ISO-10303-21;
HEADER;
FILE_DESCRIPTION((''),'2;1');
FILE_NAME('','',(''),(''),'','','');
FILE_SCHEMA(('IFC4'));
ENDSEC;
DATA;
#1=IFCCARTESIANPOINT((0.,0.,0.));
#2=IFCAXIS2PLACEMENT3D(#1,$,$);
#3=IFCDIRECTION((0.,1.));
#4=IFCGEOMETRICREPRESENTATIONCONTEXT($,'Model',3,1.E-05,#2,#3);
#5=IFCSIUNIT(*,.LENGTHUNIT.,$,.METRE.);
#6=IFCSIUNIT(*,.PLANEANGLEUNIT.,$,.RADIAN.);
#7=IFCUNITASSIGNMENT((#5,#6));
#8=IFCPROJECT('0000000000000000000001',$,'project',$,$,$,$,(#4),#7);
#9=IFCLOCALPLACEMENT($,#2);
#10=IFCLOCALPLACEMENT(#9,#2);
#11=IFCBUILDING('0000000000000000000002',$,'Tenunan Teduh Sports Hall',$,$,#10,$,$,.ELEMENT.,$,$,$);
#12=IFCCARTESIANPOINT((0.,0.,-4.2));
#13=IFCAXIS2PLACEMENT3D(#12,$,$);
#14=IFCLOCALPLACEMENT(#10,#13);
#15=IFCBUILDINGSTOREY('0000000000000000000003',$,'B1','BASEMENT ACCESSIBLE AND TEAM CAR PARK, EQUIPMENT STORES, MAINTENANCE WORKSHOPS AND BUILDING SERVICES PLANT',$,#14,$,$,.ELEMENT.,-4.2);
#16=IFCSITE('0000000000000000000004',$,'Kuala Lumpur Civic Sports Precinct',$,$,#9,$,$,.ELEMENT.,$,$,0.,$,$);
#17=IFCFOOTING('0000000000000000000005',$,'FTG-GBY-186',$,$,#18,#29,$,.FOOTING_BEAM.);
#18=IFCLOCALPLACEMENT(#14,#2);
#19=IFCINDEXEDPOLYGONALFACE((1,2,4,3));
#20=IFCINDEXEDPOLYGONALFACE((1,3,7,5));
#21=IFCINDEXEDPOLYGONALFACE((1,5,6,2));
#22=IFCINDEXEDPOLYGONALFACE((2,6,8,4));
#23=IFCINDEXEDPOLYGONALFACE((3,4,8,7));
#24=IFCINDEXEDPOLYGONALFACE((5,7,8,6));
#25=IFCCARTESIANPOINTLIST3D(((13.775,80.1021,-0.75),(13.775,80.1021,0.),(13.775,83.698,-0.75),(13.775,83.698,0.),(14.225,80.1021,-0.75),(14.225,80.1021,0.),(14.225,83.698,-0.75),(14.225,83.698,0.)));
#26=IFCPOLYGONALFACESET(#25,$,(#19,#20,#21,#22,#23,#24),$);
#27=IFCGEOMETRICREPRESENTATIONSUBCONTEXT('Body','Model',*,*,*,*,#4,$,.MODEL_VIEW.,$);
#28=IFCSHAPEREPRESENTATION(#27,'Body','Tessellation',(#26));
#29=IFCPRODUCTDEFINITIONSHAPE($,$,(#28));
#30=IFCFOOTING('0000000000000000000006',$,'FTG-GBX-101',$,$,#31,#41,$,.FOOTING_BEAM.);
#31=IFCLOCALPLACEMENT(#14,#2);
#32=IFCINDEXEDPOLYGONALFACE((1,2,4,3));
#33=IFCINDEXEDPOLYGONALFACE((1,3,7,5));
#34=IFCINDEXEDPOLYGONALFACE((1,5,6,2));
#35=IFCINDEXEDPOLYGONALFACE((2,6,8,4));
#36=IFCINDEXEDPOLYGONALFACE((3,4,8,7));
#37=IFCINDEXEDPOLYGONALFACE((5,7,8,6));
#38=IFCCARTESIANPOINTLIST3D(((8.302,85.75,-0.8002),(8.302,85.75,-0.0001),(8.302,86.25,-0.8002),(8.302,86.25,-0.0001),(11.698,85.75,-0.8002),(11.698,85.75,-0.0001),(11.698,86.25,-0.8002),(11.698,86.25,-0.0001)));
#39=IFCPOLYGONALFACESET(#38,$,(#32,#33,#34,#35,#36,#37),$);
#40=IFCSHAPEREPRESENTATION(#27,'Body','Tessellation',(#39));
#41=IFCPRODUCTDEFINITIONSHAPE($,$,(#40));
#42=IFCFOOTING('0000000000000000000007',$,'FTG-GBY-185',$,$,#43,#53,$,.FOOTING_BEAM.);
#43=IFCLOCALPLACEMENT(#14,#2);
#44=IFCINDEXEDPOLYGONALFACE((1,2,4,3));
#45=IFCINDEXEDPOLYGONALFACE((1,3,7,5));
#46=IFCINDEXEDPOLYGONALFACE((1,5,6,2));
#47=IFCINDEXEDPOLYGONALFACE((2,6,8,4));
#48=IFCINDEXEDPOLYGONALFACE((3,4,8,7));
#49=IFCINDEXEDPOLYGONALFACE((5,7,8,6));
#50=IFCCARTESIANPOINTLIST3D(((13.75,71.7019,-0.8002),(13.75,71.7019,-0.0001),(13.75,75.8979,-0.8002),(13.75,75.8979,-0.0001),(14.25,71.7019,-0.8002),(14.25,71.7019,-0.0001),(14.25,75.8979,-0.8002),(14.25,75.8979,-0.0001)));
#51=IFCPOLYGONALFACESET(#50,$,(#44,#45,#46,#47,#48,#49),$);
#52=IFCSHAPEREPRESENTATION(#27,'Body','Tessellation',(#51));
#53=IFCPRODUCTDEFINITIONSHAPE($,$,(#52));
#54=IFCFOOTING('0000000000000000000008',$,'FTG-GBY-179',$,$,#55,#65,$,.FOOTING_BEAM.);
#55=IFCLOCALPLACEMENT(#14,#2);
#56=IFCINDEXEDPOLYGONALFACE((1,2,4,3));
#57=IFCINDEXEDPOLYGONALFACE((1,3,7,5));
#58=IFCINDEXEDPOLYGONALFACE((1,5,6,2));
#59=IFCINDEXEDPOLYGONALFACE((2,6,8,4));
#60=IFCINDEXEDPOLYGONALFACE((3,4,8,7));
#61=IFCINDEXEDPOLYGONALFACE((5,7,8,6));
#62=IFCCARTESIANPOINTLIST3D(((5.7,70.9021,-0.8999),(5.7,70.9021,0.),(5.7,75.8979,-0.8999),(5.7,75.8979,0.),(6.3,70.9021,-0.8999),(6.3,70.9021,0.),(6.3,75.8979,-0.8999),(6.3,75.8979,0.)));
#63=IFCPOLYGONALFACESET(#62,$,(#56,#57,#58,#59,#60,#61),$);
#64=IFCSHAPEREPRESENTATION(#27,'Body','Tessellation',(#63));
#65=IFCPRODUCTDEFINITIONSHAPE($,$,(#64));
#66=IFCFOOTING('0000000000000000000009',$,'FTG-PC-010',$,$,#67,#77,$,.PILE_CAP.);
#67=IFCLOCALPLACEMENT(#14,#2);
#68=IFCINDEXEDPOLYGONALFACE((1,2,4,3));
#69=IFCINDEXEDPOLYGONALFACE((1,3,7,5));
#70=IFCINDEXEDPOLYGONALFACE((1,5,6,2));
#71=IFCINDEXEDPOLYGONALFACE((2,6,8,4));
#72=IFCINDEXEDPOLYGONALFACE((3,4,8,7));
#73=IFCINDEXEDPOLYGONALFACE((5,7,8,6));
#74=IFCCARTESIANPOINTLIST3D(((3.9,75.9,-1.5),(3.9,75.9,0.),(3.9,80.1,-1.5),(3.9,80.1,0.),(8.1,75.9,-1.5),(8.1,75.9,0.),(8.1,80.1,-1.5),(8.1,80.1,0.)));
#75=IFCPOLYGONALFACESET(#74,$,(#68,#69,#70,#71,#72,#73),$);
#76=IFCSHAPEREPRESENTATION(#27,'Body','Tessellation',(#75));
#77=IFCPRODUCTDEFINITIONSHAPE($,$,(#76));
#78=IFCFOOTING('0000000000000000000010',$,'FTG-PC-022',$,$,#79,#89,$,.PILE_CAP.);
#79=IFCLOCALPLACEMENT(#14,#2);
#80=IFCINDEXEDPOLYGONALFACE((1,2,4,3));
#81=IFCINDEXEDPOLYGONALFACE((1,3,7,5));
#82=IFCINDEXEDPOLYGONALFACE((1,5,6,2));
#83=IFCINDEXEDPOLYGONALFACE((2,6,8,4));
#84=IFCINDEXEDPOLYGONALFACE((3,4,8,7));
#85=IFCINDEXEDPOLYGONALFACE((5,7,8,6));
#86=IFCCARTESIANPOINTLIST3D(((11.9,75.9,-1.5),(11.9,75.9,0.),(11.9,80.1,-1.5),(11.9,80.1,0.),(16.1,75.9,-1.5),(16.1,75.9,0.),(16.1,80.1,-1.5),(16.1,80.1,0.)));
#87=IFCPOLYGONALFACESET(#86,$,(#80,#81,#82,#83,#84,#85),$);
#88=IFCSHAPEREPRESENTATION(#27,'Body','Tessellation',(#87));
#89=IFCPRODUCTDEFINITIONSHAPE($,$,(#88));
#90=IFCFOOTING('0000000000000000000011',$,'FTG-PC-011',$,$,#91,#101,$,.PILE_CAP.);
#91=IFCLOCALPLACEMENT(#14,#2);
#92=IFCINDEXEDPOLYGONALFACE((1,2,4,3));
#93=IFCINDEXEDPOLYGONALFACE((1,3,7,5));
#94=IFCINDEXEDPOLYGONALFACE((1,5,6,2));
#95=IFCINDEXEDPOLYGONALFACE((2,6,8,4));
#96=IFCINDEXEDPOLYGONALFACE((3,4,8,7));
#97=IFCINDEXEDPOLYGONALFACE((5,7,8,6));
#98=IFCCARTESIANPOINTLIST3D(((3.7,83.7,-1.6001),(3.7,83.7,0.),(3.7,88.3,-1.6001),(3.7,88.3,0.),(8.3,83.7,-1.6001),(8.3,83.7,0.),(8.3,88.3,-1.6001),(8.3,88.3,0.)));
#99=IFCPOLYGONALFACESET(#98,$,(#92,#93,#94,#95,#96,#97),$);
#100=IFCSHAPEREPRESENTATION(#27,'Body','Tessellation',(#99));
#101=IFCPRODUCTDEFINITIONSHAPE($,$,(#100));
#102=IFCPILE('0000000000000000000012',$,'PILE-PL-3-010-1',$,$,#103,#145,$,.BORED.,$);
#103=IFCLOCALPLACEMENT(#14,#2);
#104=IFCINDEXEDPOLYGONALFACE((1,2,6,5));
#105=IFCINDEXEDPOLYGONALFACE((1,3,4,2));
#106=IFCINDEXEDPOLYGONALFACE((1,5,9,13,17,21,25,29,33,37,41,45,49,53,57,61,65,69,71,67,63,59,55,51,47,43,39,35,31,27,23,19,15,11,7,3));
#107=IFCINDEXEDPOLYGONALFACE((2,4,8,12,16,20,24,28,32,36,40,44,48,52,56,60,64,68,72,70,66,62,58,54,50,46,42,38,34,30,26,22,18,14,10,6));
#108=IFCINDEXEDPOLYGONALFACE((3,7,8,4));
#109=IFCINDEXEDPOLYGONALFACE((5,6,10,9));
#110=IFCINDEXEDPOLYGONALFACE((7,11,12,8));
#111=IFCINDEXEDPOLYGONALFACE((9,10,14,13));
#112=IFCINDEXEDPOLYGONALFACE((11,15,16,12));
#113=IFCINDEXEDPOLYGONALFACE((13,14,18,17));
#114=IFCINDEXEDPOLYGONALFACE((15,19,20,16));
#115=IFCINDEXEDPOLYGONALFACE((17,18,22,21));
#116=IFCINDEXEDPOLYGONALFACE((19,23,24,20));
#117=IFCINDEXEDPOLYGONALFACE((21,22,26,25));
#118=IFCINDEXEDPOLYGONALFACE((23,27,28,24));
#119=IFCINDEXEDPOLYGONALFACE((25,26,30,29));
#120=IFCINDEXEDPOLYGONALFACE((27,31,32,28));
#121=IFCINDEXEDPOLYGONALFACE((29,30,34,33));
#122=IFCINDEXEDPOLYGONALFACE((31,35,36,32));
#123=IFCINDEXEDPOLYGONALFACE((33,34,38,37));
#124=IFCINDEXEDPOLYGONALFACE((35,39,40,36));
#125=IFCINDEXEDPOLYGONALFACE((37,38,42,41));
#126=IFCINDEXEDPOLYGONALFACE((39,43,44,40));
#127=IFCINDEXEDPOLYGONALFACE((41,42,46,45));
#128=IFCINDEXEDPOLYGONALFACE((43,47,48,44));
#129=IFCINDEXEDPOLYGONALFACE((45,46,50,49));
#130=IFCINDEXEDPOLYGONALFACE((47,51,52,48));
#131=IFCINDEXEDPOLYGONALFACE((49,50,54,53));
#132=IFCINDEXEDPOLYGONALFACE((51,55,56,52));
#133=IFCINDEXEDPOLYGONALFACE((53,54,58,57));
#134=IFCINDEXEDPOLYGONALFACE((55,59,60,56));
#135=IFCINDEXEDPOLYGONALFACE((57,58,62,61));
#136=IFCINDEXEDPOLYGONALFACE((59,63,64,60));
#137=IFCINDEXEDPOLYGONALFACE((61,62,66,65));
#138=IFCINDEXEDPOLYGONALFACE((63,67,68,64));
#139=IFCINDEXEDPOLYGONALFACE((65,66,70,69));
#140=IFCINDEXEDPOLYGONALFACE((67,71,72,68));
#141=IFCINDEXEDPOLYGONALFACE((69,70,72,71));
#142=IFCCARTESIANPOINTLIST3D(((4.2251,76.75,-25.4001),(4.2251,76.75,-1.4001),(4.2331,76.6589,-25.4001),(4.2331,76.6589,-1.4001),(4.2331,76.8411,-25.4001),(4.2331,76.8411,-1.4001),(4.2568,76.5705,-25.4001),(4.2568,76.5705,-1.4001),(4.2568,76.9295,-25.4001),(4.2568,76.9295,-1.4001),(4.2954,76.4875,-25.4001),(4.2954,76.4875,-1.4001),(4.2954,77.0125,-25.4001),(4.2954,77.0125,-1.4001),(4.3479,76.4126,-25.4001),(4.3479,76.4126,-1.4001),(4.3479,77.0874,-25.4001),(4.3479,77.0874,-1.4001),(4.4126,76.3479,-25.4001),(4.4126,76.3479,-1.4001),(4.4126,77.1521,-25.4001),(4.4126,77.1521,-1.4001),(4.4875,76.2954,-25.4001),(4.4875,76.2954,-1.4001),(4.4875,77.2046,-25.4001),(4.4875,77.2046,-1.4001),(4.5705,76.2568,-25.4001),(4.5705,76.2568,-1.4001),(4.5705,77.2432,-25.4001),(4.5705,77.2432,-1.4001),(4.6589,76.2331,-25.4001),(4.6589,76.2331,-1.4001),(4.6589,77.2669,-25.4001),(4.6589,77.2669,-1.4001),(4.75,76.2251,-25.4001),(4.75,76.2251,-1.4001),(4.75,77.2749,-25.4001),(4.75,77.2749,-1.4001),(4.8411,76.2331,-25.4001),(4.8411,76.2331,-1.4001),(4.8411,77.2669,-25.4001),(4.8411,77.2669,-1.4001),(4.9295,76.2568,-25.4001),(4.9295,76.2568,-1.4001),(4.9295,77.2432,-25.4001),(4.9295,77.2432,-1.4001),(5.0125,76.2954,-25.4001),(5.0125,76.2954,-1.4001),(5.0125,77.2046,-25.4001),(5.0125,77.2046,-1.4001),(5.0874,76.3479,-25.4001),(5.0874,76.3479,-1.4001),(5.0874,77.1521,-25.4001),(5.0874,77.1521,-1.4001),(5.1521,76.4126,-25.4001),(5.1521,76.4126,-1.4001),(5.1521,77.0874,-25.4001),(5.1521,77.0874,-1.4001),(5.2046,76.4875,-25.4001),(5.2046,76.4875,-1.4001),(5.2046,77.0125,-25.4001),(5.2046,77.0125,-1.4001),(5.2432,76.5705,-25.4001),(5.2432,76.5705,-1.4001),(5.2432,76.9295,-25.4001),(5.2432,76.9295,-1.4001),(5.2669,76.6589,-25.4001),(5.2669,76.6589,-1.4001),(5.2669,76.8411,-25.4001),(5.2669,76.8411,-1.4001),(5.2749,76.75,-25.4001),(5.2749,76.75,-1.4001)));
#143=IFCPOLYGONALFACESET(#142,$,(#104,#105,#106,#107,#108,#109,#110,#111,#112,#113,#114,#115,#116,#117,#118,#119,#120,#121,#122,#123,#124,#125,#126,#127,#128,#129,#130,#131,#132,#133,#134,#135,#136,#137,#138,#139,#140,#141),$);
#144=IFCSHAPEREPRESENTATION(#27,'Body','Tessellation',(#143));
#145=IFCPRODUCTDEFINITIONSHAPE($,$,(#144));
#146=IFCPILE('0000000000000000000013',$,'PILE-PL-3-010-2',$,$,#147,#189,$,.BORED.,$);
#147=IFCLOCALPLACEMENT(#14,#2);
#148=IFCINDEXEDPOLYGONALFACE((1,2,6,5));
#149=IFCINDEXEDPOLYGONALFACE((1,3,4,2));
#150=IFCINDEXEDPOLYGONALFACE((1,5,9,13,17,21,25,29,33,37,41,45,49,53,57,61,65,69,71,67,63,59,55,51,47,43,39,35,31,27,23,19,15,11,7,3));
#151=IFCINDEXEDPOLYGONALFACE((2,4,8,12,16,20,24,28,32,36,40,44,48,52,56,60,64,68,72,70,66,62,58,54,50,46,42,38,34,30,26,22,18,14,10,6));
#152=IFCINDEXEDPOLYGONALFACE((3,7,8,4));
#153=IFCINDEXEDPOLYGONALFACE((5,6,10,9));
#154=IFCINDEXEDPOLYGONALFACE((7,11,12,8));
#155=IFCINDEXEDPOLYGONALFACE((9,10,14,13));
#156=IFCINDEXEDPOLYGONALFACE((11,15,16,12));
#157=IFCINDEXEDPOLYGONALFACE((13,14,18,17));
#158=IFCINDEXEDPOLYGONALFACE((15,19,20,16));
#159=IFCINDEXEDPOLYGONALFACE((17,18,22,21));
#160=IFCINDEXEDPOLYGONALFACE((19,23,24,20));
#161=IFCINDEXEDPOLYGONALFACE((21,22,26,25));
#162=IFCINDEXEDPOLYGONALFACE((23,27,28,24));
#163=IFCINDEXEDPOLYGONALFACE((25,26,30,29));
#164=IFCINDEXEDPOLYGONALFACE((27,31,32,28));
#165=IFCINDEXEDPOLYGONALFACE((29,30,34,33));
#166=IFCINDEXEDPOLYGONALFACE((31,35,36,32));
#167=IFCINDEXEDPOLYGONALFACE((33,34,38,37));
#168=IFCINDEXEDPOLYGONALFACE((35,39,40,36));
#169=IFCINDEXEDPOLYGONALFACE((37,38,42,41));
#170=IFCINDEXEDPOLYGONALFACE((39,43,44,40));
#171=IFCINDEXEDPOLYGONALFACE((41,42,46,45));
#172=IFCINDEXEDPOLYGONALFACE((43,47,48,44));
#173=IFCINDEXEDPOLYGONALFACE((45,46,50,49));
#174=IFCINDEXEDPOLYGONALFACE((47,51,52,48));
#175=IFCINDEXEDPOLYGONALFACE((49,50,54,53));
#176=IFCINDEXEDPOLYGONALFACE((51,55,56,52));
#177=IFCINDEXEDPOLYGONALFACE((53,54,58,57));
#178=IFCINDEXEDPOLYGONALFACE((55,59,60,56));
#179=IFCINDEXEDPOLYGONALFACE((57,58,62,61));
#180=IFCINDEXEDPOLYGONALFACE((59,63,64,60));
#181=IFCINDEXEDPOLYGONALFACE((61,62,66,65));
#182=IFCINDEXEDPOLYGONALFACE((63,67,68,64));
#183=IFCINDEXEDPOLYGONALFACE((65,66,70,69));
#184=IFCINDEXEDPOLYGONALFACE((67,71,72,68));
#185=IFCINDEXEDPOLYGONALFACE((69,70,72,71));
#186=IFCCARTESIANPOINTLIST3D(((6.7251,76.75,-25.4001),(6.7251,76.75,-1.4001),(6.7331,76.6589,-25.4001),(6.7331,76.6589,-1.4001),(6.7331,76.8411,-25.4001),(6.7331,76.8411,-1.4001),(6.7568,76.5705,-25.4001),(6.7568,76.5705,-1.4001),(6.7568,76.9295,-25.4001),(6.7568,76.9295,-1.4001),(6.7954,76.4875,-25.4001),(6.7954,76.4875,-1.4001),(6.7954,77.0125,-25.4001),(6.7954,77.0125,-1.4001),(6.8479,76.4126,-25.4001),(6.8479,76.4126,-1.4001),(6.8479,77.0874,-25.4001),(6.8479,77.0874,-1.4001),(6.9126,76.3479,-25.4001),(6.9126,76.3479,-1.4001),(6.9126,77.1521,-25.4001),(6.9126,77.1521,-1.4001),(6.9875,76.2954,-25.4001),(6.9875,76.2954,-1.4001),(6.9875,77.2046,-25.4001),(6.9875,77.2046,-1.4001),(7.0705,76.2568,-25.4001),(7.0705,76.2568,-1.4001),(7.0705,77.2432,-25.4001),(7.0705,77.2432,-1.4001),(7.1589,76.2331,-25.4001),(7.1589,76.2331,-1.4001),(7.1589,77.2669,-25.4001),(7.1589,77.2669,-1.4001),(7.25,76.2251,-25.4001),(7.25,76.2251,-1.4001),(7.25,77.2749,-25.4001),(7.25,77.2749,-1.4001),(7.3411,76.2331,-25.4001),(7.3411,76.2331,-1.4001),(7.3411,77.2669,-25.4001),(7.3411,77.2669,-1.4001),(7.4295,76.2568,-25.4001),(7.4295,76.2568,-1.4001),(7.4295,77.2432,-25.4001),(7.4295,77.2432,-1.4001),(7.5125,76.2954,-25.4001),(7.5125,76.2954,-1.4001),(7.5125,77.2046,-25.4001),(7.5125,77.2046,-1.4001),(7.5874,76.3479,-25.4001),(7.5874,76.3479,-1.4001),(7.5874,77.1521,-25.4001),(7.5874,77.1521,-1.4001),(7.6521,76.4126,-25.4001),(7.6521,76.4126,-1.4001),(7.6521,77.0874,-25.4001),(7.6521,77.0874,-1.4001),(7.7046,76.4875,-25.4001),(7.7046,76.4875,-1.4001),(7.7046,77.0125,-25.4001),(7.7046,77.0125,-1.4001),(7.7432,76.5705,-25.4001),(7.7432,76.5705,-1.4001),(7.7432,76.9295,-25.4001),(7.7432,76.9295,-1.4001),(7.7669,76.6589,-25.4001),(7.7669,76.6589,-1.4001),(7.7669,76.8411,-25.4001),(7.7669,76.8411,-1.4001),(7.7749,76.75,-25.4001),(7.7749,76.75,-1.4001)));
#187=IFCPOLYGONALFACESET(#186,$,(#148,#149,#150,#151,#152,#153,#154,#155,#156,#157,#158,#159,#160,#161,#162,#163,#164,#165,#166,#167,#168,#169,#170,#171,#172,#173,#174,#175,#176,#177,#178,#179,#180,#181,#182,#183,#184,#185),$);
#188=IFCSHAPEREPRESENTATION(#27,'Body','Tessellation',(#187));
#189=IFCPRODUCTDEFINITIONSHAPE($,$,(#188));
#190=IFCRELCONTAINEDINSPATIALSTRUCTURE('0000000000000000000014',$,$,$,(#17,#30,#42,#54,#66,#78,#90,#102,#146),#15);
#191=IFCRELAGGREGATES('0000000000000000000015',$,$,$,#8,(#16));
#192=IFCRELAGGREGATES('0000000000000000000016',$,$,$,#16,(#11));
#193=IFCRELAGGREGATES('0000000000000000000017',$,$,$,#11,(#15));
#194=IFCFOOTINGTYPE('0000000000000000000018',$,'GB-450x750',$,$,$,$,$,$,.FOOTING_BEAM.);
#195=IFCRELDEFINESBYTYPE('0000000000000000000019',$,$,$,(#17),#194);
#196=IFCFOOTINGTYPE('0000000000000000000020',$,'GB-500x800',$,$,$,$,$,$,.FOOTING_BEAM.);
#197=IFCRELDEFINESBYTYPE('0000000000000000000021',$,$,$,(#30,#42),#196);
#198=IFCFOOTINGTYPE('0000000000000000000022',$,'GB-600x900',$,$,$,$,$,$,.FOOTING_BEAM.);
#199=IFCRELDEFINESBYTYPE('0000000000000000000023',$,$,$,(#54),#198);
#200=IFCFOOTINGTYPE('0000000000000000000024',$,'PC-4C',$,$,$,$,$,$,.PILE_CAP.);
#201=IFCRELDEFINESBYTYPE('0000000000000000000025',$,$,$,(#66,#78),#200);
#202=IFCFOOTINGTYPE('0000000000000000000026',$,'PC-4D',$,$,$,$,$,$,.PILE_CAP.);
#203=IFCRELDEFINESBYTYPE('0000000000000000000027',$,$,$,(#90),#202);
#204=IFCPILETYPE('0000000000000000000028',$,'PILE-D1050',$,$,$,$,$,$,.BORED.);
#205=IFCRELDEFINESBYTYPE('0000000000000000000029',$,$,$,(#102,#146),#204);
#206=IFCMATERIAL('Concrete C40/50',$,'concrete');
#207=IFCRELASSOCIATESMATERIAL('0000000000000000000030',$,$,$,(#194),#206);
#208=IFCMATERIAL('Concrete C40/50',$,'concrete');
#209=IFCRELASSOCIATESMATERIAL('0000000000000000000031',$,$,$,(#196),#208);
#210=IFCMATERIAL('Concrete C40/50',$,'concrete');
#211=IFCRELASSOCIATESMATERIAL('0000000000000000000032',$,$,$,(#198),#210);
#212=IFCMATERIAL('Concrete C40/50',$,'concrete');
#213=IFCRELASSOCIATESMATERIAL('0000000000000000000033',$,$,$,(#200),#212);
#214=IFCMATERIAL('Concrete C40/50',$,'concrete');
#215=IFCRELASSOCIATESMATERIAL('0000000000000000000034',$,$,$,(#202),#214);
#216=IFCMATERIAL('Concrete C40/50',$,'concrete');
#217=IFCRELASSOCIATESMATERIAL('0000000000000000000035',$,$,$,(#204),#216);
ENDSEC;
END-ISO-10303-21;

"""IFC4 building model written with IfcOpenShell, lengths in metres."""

from ifc_helpers import new_model, si_unit, direction, frame, origin, origin_2d, place, context, subcontext, project, spatial, rectangle, circle, extrude, material, material_profile, profile_set, type_object, element, save


model = new_model("IFC4")

# Units and contexts
model_context = context("Model", 3, precision=1e-05, world=origin(), true_north=direction((0.0, 1.0)))
body_context = subcontext(model_context, "Body", "Model", "MODEL_VIEW")
ifc_project = project(units=[si_unit("LENGTHUNIT", "METRE"), si_unit("PLANEANGLEUNIT", "RADIAN")], contexts=[model_context])

# Site, building, storey
site_placement = place(None, origin())
site = spatial("IfcSite", under=ifc_project, at=site_placement, Name="Kuala Lumpur Civic Sports Precinct", CompositionType="ELEMENT", RefElevation=0.0)
building_placement = place(site_placement, origin())
building = spatial("IfcBuilding", under=site, at=building_placement, Name="Tenunan Teduh Sports Hall", CompositionType="ELEMENT")
storey_placement = place(building_placement, frame((0.0, 0.0, -4.2)))
storey = spatial("IfcBuildingStorey", under=building, at=storey_placement, Name="B1", Description="BASEMENT ACCESSIBLE AND TEAM CAR PARK, EQUIPMENT STORES, MAINTENANCE WORKSHOPS AND BUILDING SERVICES PLANT", CompositionType="ELEMENT", Elevation=-4.2)

# Footings
ifc_material_1 = material(Name="Concrete C40/50", Category="concrete")
ifc_material_profile_1 = material_profile(ifc_material_1, rectangle(XDim=0.45, YDim=0.75, at=origin_2d()), Name="RCB 450x750")
ifc_profile_set_1 = profile_set([ifc_material_profile_1], Name="Concrete C40/50")
footing_type_1 = type_object("IfcFootingType", Name="GB-450x750", PredefinedType="FOOTING_BEAM", material=ifc_profile_set_1)
footing_1_placement = place(storey_placement, frame((14.0, 80.1021, -0.375), z_axis=(0.0, 1.0, 0.0), x_axis=(-1.0, 0.0, 0.0)))
element("IfcFooting", 1, at=footing_1_placement, inside=storey, type_object=footing_type_1, Name="FTG-GBY-186", PredefinedType="FOOTING_BEAM", context=body_context, shape_type="SweptSolid", body=[
    extrude(rectangle(XDim=0.45, YDim=0.75, at=origin_2d()), origin(), (0.0, 0.0, 1.0), 3.5959),
])
ifc_material_2 = material(Name="Concrete C40/50", Category="concrete")
ifc_material_profile_2 = material_profile(ifc_material_2, rectangle(XDim=0.5, YDim=0.8, at=origin_2d()), Name="RCB 500x800")
ifc_profile_set_2 = profile_set([ifc_material_profile_2], Name="Concrete C40/50")
footing_type_2 = type_object("IfcFootingType", Name="GB-500x800", PredefinedType="FOOTING_BEAM", material=ifc_profile_set_2)
footing_2_placement = place(storey_placement, frame((8.302, 86.0, -0.4001), z_axis=(1.0, 0.0, 0.0), x_axis=(0.0, 1.0, 0.0)))
element("IfcFooting", 2, at=footing_2_placement, inside=storey, type_object=footing_type_2, Name="FTG-GBX-101", PredefinedType="FOOTING_BEAM", context=body_context, shape_type="SweptSolid", body=[
    extrude(rectangle(XDim=0.5, YDim=0.8, at=origin_2d()), origin(), (0.0, 0.0, 1.0), 3.396),
])
footing_3_placement = place(storey_placement, frame((14.0, 71.7019, -0.4001), z_axis=(0.0, 1.0, 0.0), x_axis=(-1.0, 0.0, 0.0)))
element("IfcFooting", 3, at=footing_3_placement, inside=storey, type_object=footing_type_2, Name="FTG-GBY-185", PredefinedType="FOOTING_BEAM", context=body_context, shape_type="SweptSolid", body=[
    extrude(rectangle(XDim=0.5, YDim=0.8, at=origin_2d()), origin(), (0.0, 0.0, 1.0), 4.196),
])
ifc_material_3 = material(Name="Concrete C40/50", Category="concrete")
ifc_material_profile_3 = material_profile(ifc_material_3, rectangle(XDim=0.6001, YDim=0.8999, at=origin_2d()), Name="RCB 600x900")
ifc_profile_set_3 = profile_set([ifc_material_profile_3], Name="Concrete C40/50")
footing_type_3 = type_object("IfcFootingType", Name="GB-600x900", PredefinedType="FOOTING_BEAM", material=ifc_profile_set_3)
footing_4_placement = place(storey_placement, frame((6.0, 70.9021, -0.45), z_axis=(0.0, 1.0, 0.0), x_axis=(-1.0, 0.0, 0.0)))
element("IfcFooting", 4, at=footing_4_placement, inside=storey, type_object=footing_type_3, Name="FTG-GBY-179", PredefinedType="FOOTING_BEAM", context=body_context, shape_type="SweptSolid", body=[
    extrude(rectangle(XDim=0.6001, YDim=0.8999, at=origin_2d()), origin(), (0.0, 0.0, 1.0), 4.9958),
])
ifc_material_4 = material(Name="Concrete C40/50", Category="concrete")
footing_type_4 = type_object("IfcFootingType", Name="PC-4C", PredefinedType="PILE_CAP", material=ifc_material_4)
for number, where, z_axis, x_axis, name in (
    (5, (6.0, 78.0, -1.5), (0.0, 0.0, 1.0), (1.0, 0.0, 0.0), "FTG-PC-010"),
    (6, (14.0, 78.0, -1.5), (0.0, 0.0, 1.0), (1.0, 0.0, 0.0), "FTG-PC-022"),
):
    element("IfcFooting", number, at=place(storey_placement, frame(where, z_axis=z_axis, x_axis=x_axis)), inside=storey, type_object=footing_type_4, Name=name, PredefinedType="PILE_CAP", context=body_context, shape_type="SweptSolid", body=[
        extrude(rectangle(XDim=4.2, YDim=4.2, at=origin_2d()), origin(), (0.0, 0.0, 1.0), 1.5),
    ])
ifc_material_5 = material(Name="Concrete C40/50", Category="concrete")
footing_type_5 = type_object("IfcFootingType", Name="PC-4D", PredefinedType="PILE_CAP", material=ifc_material_5)
footing_5_placement = place(storey_placement, frame((6.0, 86.0, -1.6001), z_axis=(0.0, 0.0, 1.0), x_axis=(1.0, 0.0, 0.0)))
element("IfcFooting", 7, at=footing_5_placement, inside=storey, type_object=footing_type_5, Name="FTG-PC-011", PredefinedType="PILE_CAP", context=body_context, shape_type="SweptSolid", body=[
    extrude(rectangle(XDim=4.6001, YDim=4.6001, at=origin_2d()), origin(), (0.0, 0.0, 1.0), 1.6001),
])

# Piles
ifc_material_6 = material(Name="Concrete C40/50", Category="concrete")
ifc_material_profile_4 = material_profile(ifc_material_6, circle(Radius=0.5249, at=origin_2d()), Name="PILE D1050")
ifc_profile_set_4 = profile_set([ifc_material_profile_4], Name="Concrete C40/50")
pile_type_1 = type_object("IfcPileType", Name="PILE-D1050", PredefinedType="BORED", material=ifc_profile_set_4)
for number, where, z_axis, x_axis, name in (
    (8, (4.75, 76.75, -1.4001), (0.0, 0.0, -1.0), (1.0, 0.0, 0.0), "PILE-PL-3-010-1"),
    (9, (7.25, 76.75, -1.4001), (0.0, 0.0, -1.0), (1.0, 0.0, 0.0), "PILE-PL-3-010-2"),
):
    element("IfcPile", number, at=place(storey_placement, frame(where, z_axis=z_axis, x_axis=x_axis)), inside=storey, type_object=pile_type_1, Name=name, PredefinedType="BORED", context=body_context, shape_type="SweptSolid", body=[
        extrude(circle(Radius=0.5249, at=origin_2d()), origin(), (0.0, 0.0, 1.0), 24.0),
    ])

save(model, "model.ifc")
